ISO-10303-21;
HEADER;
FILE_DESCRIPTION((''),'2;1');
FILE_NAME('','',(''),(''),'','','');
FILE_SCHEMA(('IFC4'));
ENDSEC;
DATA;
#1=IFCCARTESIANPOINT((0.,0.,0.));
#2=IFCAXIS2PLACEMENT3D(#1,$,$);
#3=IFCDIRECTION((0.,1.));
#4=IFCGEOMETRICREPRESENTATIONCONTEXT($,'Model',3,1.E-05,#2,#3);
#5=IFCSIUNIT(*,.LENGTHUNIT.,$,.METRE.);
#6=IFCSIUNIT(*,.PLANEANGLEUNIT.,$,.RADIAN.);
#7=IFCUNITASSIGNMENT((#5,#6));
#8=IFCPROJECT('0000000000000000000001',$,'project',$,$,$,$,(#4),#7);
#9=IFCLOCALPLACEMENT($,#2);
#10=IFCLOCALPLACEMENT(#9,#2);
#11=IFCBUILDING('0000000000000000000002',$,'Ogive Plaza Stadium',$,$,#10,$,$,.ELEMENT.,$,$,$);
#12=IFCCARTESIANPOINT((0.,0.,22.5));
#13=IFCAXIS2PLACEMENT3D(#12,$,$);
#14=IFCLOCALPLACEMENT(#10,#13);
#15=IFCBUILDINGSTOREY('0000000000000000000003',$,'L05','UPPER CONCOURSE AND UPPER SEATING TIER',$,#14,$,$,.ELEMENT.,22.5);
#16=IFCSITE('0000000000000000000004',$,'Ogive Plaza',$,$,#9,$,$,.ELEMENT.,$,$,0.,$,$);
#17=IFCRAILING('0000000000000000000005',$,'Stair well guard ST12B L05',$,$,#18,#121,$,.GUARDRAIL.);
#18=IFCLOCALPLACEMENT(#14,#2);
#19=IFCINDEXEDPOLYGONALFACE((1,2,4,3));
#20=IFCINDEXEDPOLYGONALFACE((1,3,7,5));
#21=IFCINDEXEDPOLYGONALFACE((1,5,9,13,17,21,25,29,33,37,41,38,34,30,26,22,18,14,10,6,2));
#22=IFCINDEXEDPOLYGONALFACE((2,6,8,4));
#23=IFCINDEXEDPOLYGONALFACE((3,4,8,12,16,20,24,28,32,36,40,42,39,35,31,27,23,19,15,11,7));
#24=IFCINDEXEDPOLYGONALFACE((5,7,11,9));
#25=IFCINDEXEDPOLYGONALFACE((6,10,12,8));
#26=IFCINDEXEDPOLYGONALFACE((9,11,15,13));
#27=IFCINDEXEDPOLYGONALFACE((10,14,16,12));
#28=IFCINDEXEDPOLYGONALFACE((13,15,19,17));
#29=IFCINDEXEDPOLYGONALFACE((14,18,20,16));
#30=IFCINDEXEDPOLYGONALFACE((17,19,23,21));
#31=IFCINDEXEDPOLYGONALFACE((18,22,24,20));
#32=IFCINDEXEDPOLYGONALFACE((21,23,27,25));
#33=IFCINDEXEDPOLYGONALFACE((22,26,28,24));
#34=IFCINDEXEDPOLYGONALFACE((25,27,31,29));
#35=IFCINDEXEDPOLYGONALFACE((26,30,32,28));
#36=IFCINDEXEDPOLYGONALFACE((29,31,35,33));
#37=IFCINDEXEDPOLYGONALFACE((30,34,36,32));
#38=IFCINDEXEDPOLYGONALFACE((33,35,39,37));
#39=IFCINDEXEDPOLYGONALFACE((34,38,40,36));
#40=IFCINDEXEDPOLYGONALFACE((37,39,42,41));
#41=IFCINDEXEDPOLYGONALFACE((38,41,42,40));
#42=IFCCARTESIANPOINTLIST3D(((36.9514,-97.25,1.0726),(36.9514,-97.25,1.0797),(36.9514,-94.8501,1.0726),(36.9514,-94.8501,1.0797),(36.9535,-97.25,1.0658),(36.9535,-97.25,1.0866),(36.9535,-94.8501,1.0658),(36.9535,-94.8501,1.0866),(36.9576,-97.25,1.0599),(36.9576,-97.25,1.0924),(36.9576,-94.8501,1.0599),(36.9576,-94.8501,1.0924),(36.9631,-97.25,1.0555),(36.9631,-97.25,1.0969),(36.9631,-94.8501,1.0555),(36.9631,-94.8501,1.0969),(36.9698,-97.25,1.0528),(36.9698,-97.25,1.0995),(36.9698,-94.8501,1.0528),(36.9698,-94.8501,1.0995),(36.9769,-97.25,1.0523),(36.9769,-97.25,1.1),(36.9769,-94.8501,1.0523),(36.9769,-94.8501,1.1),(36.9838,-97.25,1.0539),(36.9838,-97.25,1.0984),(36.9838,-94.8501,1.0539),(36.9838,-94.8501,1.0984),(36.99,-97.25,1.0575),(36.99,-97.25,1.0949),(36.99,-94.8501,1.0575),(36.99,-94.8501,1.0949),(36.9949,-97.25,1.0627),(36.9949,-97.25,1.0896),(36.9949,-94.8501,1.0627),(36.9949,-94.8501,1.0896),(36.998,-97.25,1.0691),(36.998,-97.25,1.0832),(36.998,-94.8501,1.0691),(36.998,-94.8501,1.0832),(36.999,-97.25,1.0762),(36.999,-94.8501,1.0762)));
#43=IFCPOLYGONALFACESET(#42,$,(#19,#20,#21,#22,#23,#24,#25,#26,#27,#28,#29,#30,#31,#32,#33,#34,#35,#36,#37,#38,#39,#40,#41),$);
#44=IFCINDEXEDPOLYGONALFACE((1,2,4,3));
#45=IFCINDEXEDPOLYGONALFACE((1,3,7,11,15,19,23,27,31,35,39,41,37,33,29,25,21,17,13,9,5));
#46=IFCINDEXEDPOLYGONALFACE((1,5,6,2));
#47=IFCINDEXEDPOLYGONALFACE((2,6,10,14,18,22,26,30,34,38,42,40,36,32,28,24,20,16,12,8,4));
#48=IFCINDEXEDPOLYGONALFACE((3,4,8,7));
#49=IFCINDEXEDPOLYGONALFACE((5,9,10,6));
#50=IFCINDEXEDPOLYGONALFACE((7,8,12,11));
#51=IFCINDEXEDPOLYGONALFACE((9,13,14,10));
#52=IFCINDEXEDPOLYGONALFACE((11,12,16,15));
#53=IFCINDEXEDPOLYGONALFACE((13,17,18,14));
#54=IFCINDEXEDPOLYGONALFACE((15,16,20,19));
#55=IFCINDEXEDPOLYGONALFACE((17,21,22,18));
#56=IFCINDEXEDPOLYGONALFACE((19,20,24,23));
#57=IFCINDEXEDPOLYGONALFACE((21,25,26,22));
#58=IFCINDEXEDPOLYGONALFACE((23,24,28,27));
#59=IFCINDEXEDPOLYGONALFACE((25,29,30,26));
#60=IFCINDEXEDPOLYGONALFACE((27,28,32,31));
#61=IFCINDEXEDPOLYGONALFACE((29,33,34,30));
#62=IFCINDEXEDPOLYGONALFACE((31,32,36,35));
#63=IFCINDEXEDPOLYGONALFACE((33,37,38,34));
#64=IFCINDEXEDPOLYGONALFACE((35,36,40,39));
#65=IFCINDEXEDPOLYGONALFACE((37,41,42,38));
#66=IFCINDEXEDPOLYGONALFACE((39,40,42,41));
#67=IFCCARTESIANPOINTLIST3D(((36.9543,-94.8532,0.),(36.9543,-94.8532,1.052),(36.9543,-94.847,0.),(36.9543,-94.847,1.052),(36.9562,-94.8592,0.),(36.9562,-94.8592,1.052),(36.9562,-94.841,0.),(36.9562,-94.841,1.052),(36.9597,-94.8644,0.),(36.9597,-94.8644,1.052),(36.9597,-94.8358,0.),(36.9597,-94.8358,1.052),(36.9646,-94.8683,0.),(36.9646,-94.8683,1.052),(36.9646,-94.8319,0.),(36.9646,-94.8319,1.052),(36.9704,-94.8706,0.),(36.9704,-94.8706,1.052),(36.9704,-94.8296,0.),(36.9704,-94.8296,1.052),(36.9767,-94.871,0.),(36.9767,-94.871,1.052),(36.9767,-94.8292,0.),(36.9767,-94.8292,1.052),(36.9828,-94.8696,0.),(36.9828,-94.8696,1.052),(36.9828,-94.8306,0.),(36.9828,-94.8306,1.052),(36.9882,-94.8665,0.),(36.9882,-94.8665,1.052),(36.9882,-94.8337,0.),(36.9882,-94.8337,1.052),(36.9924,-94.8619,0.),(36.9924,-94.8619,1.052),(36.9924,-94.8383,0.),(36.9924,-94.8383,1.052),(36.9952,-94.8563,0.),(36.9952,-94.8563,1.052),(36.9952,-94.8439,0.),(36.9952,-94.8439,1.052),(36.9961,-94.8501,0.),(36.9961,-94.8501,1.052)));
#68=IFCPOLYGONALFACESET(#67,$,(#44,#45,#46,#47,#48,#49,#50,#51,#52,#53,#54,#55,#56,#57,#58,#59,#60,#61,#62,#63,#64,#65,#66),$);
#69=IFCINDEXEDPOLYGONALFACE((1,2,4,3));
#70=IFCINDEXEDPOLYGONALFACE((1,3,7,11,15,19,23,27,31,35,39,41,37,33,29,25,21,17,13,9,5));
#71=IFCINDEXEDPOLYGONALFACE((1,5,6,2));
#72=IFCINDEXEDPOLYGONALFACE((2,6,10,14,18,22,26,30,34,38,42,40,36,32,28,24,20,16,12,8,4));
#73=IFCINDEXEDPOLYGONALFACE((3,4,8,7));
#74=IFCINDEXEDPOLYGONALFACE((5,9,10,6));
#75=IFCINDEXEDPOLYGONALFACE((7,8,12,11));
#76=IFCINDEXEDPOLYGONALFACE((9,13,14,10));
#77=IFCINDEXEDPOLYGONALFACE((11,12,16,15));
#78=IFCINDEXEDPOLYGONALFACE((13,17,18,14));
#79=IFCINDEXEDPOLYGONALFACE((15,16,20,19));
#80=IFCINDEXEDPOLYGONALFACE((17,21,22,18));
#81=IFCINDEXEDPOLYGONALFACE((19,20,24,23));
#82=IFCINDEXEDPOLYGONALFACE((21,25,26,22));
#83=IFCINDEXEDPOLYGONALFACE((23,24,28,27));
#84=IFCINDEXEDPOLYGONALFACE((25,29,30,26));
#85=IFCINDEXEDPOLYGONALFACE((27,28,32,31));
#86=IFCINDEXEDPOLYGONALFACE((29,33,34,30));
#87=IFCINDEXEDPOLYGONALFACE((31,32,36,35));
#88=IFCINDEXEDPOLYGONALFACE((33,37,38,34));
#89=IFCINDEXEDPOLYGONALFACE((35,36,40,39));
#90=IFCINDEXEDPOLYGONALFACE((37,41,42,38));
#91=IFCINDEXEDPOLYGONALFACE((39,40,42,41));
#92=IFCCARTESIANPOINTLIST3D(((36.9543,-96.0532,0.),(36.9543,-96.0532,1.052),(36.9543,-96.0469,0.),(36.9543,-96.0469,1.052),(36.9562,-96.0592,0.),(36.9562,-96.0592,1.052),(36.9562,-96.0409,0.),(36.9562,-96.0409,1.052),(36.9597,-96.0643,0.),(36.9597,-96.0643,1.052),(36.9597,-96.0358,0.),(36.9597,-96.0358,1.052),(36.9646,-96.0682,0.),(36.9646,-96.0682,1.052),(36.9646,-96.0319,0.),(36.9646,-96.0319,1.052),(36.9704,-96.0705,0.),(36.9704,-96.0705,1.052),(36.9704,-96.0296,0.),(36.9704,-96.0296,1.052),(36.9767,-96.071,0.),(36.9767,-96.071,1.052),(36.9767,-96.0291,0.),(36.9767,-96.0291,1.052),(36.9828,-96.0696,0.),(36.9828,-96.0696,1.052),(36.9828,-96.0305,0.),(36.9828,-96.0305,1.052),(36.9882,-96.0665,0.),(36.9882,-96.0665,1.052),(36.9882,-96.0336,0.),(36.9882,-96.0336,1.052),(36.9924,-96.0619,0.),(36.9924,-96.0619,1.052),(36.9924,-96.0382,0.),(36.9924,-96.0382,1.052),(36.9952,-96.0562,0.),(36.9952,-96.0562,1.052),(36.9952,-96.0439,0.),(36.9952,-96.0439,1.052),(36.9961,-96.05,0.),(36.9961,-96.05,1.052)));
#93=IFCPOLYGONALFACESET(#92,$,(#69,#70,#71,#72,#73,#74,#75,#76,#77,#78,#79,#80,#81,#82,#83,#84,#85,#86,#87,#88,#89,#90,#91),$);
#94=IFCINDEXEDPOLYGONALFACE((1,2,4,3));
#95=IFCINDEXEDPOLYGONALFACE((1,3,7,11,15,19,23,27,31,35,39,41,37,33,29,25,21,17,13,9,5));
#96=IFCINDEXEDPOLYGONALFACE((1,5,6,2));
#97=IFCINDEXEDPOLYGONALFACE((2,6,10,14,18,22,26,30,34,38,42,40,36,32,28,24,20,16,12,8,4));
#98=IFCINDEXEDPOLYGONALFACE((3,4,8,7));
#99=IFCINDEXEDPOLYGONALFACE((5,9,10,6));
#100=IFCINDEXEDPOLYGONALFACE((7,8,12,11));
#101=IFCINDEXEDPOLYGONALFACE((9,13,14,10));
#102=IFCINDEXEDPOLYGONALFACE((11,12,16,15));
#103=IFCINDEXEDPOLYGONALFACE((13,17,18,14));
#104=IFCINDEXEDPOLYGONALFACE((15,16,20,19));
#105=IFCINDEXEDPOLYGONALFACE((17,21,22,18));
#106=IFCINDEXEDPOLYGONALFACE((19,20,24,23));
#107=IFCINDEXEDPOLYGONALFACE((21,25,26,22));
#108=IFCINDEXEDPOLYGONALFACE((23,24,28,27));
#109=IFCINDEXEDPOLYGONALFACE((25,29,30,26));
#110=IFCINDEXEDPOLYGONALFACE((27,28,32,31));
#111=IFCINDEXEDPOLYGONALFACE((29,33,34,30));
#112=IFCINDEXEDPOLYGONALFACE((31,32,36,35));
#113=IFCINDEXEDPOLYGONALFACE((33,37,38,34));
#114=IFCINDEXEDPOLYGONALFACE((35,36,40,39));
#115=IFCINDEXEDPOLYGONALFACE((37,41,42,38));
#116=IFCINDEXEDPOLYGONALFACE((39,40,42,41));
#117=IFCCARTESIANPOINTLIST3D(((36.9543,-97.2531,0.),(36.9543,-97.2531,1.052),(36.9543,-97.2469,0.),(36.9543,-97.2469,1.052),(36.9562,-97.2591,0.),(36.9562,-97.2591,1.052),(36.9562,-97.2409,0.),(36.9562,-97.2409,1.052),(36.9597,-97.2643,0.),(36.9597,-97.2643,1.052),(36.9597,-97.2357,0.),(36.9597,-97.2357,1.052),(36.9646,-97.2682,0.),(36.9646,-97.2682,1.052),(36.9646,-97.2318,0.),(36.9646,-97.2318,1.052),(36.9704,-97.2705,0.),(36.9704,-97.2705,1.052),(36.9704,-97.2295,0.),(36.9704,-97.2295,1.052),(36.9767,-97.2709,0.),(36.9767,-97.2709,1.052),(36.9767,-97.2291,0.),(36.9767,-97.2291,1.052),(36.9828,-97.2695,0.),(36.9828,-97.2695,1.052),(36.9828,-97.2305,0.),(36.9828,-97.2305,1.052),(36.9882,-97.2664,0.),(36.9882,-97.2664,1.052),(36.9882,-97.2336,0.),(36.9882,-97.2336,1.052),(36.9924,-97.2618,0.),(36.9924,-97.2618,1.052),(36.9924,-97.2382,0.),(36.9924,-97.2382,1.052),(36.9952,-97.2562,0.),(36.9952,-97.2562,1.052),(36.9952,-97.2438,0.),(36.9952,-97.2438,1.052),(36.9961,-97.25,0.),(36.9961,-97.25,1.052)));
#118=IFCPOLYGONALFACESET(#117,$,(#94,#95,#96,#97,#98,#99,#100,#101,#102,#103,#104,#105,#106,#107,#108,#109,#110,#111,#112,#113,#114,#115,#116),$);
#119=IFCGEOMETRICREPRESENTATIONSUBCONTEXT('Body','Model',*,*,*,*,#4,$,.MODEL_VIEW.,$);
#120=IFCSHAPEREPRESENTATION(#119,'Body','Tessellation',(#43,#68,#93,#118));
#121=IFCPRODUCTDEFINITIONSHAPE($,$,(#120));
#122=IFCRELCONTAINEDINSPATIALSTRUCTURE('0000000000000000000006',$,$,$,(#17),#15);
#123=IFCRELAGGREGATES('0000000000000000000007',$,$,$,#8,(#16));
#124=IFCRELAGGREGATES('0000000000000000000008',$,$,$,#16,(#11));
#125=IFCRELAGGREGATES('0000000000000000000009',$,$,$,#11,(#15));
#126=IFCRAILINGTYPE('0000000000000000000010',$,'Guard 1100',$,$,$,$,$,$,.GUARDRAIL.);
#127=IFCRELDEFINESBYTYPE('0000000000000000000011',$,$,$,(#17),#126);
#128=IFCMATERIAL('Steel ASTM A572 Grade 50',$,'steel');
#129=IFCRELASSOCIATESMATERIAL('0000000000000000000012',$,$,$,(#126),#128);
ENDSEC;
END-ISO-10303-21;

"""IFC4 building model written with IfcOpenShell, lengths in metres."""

from ifc_helpers import new_model, si_unit, direction, frame, origin, origin_2d, place, context, subcontext, project, spatial, circle, extrude, material, type_object, element, save


model = new_model("IFC4")

# Units and contexts
model_context = context("Model", 3, precision=1e-05, world=origin(), true_north=direction((0.0, 1.0)))
body_context = subcontext(model_context, "Body", "Model", "MODEL_VIEW")
ifc_project = project(units=[si_unit("LENGTHUNIT", "METRE"), si_unit("PLANEANGLEUNIT", "RADIAN")], contexts=[model_context])

# Site, building, storey
site_placement = place(None, origin())
site = spatial("IfcSite", under=ifc_project, at=site_placement, Name="Ogive Plaza", CompositionType="ELEMENT", RefElevation=0.0)
building_placement = place(site_placement, origin())
building = spatial("IfcBuilding", under=site, at=building_placement, Name="Ogive Plaza Stadium", CompositionType="ELEMENT")
storey_placement = place(building_placement, frame((0.0, 0.0, 22.5)))
storey = spatial("IfcBuildingStorey", under=building, at=storey_placement, Name="L05", Description="UPPER CONCOURSE AND UPPER SEATING TIER", CompositionType="ELEMENT", Elevation=22.5)

# Railing
ifc_material_1 = material(Name="Steel ASTM A572 Grade 50", Category="steel")
railing_type = type_object("IfcRailingType", Name="Guard 1100", PredefinedType="GUARDRAIL", material=ifc_material_1)
railing_1_placement = place(storey_placement, frame((36.9751, -94.8501, 0.0)))
element("IfcRailing", 1, at=railing_1_placement, inside=storey, type_object=railing_type, Name="Stair well guard ST12B L05", PredefinedType="GUARDRAIL", context=body_context, shape_type="SweptSolid", body=[
    extrude(circle(Radius=0.0239, at=origin_2d()), frame((0.0, 0.0, 1.0762), z_axis=(0.0, -1.0, 0.0), x_axis=(1.0, 0.0, 0.0)), (0.0, 0.0, 1.0), 2.3999),
    extrude(circle(Radius=0.021, at=origin_2d()), origin(), (0.0, 0.0, 1.0), 1.052),
    extrude(circle(Radius=0.021, at=origin_2d()), frame((0.0, -1.2, 0.0)), (0.0, 0.0, 1.0), 1.052),
    extrude(circle(Radius=0.021, at=origin_2d()), frame((0.0, -2.3999, 0.0)), (0.0, 0.0, 1.0), 1.052),
])

save(model, "model.ifc")
